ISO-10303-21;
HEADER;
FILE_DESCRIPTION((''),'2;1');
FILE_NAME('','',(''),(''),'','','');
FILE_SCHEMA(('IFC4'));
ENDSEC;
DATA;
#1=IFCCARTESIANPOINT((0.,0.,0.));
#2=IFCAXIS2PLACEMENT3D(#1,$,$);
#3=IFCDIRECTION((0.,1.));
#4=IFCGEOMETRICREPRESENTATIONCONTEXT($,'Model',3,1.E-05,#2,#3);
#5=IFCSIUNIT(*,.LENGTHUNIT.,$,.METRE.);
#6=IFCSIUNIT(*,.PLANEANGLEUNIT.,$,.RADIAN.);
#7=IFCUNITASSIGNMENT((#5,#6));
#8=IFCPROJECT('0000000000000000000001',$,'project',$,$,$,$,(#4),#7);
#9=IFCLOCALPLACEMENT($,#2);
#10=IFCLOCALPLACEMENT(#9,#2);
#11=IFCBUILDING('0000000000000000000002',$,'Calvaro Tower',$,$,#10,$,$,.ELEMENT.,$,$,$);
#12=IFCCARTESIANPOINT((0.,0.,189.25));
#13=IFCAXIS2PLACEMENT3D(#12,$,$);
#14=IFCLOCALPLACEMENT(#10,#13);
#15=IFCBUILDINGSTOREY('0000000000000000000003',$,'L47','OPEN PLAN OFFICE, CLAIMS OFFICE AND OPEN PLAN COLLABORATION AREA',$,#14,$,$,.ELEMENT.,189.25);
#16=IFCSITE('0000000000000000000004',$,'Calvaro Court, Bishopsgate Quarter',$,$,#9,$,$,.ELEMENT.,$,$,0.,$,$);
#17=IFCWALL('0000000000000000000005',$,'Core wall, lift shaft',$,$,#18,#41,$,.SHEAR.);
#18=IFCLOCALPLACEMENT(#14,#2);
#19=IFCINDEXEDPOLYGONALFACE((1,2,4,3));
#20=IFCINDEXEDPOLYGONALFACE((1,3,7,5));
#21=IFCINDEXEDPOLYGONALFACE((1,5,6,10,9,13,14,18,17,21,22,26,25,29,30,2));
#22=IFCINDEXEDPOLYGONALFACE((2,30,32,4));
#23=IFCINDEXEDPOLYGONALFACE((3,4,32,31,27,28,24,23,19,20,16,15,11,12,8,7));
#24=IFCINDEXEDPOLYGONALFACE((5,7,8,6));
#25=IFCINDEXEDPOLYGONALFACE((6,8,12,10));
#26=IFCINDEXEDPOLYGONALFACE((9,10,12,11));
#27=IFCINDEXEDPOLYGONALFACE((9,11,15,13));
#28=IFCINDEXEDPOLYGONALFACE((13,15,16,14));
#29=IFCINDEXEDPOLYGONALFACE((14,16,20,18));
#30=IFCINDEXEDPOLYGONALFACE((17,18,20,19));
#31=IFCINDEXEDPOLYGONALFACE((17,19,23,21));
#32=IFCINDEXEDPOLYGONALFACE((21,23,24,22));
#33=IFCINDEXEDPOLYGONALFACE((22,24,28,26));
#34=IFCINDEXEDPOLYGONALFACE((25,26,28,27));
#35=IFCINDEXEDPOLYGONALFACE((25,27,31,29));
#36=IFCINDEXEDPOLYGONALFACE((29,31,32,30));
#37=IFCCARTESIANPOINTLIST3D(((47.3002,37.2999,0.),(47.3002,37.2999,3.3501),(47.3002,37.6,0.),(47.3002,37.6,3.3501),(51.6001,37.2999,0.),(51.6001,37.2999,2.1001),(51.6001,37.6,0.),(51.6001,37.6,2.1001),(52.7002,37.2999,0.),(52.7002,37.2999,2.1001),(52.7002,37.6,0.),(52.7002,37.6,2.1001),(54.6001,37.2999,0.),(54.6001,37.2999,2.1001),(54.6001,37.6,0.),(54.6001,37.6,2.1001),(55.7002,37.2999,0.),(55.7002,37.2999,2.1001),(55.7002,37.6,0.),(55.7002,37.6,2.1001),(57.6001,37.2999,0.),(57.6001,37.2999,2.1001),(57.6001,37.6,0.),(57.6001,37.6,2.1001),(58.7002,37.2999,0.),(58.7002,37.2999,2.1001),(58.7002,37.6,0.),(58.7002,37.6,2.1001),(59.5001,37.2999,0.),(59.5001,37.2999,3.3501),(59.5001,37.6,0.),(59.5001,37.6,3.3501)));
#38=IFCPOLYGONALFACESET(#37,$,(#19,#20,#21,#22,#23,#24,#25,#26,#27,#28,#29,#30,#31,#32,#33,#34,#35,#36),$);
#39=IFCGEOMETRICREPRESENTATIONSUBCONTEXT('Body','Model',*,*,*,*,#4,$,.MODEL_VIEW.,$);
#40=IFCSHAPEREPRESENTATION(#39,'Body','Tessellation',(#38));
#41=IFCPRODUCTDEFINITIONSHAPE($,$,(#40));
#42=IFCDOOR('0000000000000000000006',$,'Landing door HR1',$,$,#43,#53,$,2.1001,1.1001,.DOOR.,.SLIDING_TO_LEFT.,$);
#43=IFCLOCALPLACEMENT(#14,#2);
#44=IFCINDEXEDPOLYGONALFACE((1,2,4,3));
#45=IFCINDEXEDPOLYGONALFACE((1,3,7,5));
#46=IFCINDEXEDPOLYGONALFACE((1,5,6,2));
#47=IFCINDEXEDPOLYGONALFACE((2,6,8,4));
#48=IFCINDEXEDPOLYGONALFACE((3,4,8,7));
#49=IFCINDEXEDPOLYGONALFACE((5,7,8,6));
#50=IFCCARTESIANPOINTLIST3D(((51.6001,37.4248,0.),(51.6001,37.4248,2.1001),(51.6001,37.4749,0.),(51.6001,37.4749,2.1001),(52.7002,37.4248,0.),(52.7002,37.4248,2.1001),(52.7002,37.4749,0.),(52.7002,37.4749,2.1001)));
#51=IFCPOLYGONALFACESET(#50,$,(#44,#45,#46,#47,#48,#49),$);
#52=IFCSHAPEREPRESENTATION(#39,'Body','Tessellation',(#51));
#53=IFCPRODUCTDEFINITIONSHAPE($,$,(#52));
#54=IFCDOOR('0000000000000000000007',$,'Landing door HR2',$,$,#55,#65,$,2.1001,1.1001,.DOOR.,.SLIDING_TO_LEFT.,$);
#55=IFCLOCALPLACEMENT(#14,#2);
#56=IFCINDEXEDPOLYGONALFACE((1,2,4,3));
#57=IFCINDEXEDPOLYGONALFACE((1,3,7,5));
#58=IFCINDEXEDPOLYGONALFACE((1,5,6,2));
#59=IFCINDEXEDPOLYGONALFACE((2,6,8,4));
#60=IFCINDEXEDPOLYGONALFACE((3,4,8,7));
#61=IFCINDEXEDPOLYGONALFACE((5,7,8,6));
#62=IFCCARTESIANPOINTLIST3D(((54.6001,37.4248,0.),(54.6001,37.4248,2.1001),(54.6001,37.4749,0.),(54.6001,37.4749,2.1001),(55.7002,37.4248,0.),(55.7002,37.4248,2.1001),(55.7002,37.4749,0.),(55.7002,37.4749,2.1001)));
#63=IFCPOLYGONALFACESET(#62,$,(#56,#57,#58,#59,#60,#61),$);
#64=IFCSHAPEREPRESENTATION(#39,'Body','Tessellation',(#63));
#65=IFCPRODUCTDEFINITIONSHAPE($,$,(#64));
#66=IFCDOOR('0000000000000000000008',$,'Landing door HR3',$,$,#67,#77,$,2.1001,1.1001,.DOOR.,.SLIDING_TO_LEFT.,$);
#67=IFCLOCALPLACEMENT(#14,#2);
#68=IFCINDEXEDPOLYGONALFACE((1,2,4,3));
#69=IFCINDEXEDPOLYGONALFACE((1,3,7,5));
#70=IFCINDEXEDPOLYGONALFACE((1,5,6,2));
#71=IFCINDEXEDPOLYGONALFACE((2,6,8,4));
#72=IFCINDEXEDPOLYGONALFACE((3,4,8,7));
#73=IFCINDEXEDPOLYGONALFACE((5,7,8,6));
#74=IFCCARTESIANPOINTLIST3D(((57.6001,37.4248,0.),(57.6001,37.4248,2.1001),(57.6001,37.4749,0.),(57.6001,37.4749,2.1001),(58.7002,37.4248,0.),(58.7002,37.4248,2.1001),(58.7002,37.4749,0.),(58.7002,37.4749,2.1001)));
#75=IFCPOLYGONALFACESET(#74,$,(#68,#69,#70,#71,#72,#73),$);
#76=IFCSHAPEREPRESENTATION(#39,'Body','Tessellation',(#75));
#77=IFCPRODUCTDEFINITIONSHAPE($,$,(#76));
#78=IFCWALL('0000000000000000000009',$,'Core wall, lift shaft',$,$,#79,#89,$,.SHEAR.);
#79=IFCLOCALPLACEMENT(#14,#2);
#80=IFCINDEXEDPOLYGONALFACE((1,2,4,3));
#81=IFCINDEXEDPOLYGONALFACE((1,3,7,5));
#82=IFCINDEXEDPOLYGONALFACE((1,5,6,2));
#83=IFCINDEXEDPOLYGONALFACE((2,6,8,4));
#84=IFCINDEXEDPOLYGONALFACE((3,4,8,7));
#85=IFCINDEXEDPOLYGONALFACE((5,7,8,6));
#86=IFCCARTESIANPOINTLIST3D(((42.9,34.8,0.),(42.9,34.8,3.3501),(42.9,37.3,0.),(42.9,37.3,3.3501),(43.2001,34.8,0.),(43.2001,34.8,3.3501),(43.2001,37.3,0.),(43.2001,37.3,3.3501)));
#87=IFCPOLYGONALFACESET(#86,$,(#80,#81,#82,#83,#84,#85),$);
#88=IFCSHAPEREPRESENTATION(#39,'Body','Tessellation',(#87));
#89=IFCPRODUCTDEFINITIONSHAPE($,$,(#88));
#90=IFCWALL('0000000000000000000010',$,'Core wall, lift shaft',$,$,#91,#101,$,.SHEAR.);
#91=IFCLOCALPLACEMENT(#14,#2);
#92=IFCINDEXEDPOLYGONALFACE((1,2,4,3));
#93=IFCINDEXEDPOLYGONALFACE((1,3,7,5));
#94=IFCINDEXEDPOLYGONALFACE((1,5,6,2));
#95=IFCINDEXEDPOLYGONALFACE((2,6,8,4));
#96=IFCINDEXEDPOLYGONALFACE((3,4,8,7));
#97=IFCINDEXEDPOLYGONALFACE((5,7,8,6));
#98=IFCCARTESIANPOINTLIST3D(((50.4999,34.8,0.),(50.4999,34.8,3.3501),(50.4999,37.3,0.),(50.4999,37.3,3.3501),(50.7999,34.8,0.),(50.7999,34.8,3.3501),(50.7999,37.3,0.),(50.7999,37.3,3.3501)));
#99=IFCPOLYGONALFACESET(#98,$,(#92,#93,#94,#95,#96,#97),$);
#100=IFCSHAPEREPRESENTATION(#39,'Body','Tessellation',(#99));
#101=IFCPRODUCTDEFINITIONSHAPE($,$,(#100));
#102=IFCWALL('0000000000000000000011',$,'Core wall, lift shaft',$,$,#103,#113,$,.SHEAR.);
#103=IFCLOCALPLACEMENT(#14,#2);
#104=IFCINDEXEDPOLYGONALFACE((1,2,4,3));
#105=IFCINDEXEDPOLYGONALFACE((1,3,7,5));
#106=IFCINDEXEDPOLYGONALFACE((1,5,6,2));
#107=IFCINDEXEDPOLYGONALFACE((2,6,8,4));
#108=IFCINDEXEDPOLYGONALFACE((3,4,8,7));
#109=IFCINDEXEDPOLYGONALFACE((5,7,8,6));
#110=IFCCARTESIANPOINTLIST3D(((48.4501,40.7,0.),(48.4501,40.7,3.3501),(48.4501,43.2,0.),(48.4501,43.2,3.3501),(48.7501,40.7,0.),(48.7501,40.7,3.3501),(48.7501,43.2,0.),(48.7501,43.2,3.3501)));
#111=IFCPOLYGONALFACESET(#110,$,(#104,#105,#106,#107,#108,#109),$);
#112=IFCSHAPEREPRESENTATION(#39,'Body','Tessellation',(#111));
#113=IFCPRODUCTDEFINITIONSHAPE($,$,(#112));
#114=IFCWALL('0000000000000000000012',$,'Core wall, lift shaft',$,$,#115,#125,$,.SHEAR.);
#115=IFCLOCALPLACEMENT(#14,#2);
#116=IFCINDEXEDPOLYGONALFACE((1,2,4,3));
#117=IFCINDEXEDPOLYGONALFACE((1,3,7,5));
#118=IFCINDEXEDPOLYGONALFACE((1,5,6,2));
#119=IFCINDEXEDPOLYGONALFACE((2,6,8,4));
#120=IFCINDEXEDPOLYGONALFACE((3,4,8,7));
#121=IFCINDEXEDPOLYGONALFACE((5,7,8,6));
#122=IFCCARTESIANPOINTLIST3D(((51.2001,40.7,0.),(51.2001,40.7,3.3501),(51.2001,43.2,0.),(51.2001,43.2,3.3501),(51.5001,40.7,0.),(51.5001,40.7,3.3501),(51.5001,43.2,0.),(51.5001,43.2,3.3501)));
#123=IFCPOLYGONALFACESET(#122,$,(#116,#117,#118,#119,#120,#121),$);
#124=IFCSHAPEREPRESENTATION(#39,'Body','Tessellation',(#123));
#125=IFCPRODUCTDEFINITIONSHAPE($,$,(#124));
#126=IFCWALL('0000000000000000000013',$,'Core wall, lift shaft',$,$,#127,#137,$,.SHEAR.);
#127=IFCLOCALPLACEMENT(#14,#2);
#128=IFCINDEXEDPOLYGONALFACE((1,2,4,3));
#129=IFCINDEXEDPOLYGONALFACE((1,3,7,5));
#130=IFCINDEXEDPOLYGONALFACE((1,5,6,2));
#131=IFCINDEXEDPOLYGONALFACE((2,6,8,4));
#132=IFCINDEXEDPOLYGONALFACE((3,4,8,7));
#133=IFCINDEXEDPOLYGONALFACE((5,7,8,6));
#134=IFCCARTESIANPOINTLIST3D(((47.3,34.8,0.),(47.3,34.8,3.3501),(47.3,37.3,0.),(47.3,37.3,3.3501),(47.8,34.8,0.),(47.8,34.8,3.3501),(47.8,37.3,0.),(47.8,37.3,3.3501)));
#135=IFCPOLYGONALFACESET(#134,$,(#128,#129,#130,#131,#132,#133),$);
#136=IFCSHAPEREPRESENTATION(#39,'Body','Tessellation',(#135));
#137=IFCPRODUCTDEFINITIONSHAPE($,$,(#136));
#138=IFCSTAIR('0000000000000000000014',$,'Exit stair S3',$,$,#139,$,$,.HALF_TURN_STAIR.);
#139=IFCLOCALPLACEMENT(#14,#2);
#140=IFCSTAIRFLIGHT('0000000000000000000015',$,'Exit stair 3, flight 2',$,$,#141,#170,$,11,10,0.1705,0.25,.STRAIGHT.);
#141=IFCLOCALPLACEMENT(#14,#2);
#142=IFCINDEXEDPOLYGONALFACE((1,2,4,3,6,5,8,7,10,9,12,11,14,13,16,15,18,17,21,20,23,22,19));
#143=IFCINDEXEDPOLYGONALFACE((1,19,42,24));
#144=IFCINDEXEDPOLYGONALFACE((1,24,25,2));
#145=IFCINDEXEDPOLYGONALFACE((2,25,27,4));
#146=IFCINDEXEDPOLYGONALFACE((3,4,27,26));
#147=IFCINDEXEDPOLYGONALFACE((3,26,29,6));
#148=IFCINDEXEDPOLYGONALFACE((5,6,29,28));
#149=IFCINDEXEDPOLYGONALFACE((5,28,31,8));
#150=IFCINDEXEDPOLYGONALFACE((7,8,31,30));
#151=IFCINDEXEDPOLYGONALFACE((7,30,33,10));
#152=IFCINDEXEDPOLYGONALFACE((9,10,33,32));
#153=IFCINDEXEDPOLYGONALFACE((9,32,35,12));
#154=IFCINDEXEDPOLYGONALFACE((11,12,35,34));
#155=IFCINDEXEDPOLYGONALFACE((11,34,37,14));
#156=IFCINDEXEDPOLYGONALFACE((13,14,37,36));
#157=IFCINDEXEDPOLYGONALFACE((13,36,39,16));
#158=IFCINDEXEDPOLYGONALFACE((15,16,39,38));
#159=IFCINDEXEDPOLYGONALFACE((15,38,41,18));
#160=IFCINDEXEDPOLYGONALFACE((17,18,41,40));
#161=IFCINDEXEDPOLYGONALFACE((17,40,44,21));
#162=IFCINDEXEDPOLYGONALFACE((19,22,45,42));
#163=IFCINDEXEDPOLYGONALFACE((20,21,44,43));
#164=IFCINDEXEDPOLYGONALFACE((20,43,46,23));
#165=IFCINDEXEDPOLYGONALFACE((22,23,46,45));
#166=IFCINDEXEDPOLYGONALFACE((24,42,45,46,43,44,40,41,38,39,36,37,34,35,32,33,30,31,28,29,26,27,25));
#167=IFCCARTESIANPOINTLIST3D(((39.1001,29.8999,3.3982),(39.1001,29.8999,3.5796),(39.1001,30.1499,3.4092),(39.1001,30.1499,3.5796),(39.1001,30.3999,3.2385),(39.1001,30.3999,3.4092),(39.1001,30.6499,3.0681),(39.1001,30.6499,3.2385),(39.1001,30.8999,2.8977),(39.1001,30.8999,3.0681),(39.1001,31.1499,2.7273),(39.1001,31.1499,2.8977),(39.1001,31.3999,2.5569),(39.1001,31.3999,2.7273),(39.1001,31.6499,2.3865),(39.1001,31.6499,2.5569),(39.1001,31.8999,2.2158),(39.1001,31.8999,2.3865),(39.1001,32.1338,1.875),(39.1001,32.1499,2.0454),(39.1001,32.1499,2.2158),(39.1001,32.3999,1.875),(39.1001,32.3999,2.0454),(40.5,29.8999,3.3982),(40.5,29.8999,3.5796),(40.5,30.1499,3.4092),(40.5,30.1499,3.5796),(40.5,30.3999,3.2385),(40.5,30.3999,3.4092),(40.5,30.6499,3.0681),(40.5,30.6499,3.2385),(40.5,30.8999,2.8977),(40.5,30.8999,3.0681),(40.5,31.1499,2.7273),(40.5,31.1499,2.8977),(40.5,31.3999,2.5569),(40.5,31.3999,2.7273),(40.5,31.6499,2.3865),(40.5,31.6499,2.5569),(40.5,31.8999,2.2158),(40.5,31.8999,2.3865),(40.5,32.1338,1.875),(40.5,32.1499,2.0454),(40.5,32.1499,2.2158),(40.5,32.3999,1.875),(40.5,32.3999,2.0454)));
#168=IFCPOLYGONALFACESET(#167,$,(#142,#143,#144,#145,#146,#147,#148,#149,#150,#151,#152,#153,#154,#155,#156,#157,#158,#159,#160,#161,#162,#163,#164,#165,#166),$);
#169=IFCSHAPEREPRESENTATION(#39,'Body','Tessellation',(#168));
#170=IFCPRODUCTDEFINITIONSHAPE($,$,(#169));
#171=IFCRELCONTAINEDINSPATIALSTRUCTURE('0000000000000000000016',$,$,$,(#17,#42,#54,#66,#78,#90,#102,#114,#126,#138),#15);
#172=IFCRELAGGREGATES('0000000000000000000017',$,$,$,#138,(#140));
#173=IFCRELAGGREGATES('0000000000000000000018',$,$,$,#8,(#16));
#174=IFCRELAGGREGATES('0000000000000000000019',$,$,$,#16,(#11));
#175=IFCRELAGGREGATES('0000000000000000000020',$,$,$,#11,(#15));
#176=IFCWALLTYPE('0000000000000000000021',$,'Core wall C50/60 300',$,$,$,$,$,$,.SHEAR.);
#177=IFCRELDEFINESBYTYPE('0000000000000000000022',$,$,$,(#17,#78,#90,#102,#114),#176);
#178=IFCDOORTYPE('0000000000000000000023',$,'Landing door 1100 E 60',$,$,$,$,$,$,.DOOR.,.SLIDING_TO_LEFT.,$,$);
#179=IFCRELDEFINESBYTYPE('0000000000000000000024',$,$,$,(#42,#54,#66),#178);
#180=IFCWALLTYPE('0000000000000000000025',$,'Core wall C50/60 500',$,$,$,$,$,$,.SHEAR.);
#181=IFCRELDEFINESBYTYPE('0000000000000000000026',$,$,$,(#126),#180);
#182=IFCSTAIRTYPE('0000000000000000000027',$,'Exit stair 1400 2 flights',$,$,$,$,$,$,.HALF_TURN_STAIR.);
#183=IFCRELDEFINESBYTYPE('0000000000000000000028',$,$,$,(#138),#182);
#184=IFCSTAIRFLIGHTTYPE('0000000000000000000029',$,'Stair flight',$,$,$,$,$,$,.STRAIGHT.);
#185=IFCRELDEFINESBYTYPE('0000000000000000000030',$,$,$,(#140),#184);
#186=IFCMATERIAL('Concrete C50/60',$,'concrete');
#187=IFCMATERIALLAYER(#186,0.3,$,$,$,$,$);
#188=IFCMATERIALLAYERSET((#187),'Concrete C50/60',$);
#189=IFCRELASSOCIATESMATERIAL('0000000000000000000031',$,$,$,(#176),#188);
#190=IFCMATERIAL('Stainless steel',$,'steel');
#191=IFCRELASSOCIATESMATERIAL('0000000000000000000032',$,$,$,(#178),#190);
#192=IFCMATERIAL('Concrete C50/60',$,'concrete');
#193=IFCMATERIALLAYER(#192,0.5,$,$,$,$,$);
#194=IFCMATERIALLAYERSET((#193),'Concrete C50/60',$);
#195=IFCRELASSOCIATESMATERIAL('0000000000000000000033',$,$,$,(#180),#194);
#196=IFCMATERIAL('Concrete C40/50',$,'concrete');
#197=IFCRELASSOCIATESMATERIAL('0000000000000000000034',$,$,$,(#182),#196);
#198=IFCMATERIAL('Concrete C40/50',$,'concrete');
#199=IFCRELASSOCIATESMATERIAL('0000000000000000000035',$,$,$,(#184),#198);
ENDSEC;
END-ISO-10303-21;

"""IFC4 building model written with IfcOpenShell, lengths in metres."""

from ifc_helpers import new_model, si_unit, direction, frame, frame_2d, origin, place, context, subcontext, project, spatial, polyline, rectangle, outline, extrude, material, layer, layer_set, type_object, element, fill, aggregate, save


model = new_model("IFC4")

# Units and contexts
model_context = context("Model", 3, precision=1e-05, world=origin(), true_north=direction((0.0, 1.0)))
body_context = subcontext(model_context, "Body", "Model", "MODEL_VIEW")
ifc_project = project(units=[si_unit("LENGTHUNIT", "METRE"), si_unit("PLANEANGLEUNIT", "RADIAN")], contexts=[model_context])

# Site, building, storey
site_placement = place(None, origin())
site = spatial("IfcSite", under=ifc_project, at=site_placement, Name="Calvaro Court, Bishopsgate Quarter", CompositionType="ELEMENT", RefElevation=0.0)
building_placement = place(site_placement, origin())
building = spatial("IfcBuilding", under=site, at=building_placement, Name="Calvaro Tower", CompositionType="ELEMENT")
storey_placement = place(building_placement, frame((0.0, 0.0, 189.25)))
storey = spatial("IfcBuildingStorey", under=building, at=storey_placement, Name="L47", Description="OPEN PLAN OFFICE, CLAIMS OFFICE AND OPEN PLAN COLLABORATION AREA", CompositionType="ELEMENT", Elevation=189.25)

# Shared definitions
ifc_material_1 = material(Name="Concrete C50/60", Category="concrete")
ifc_layer_1 = layer(ifc_material_1, 0.3)
ifc_layer_set_1 = layer_set([ifc_layer_1], Name="Concrete C50/60")
wall_type_1 = type_object("IfcWallType", Name="Core wall C50/60 300", PredefinedType="SHEAR", material=ifc_layer_set_1)
ifc_material_2 = material(Name="Stainless steel", Category="steel")
door_type_1 = type_object("IfcDoorType", Name="Landing door 1100 E 60", OperationType="SLIDING_TO_LEFT", PredefinedType="DOOR", material=ifc_material_2)

# Wall, openings, doors
wall_1_placement = place(storey_placement, frame((47.3, 37.45, 0.0), z_axis=(0.0, 0.0, 1.0), x_axis=(1.0, 0.0, 0.0)))
wall_1 = element("IfcWall", 1, at=wall_1_placement, inside=storey, type_object=wall_type_1, Name="Core wall, lift shaft", PredefinedType="SHEAR", context=body_context, shape_type="SweptSolid", body=[
    extrude(rectangle(XDim=12.2, YDim=0.3, at=frame_2d((6.1001, 0.0))), origin(), (0.0, 0.0, 1.0), 3.3501),
])
opening_1_placement = place(wall_1_placement, frame((4.3, 0.0, 0.0)))
opening_1 = element("IfcOpeningElement", 2, at=opening_1_placement, cuts=wall_1, PredefinedType="OPENING", context=body_context, shape_type="SweptSolid", body=[
    extrude(rectangle(XDim=1.1001, YDim=2.1001, at=frame_2d((0.55, 1.05))), frame((0.0, 0.1599, 0.0), z_axis=(0.0, -1.0, 0.0), x_axis=(1.0, 0.0, 0.0)), (0.0, 0.0, 1.0), 0.3201),
])
opening_2_placement = place(wall_1_placement, frame((7.3, 0.0, 0.0)))
opening_2 = element("IfcOpeningElement", 3, at=opening_2_placement, cuts=wall_1, PredefinedType="OPENING", context=body_context, shape_type="SweptSolid", body=[
    extrude(rectangle(XDim=1.1001, YDim=2.1001, at=frame_2d((0.55, 1.05))), frame((0.0, 0.1599, 0.0), z_axis=(0.0, -1.0, 0.0), x_axis=(1.0, 0.0, 0.0)), (0.0, 0.0, 1.0), 0.3201),
])
opening_3_placement = place(wall_1_placement, frame((10.3, 0.0, 0.0)))
opening_3 = element("IfcOpeningElement", 4, at=opening_3_placement, cuts=wall_1, PredefinedType="OPENING", context=body_context, shape_type="SweptSolid", body=[
    extrude(rectangle(XDim=1.1001, YDim=2.1001, at=frame_2d((0.55, 1.05))), frame((0.0, 0.1599, 0.0), z_axis=(0.0, -1.0, 0.0), x_axis=(1.0, 0.0, 0.0)), (0.0, 0.0, 1.0), 0.3201),
])
door_1_placement = place(opening_1_placement, origin())
door_1 = element("IfcDoor", 5, at=door_1_placement, inside=storey, type_object=door_type_1, Name="Landing door HR1", OperationType="SLIDING_TO_LEFT", OverallHeight=2.1001, OverallWidth=1.1001, PredefinedType="DOOR", context=body_context, shape_type="SweptSolid", body=[
    extrude(rectangle(XDim=1.1001, YDim=2.1001, at=frame_2d((0.55, 1.05))), frame((0.0, 0.0249, 0.0), z_axis=(0.0, -1.0, 0.0), x_axis=(1.0, 0.0, 0.0)), (0.0, 0.0, 1.0), 0.05),
])
fill(opening_1, door_1)
door_2_placement = place(opening_2_placement, origin())
door_2 = element("IfcDoor", 6, at=door_2_placement, inside=storey, type_object=door_type_1, Name="Landing door HR2", OperationType="SLIDING_TO_LEFT", OverallHeight=2.1001, OverallWidth=1.1001, PredefinedType="DOOR", context=body_context, shape_type="SweptSolid", body=[
    extrude(rectangle(XDim=1.1001, YDim=2.1001, at=frame_2d((0.55, 1.05))), frame((0.0, 0.0249, 0.0), z_axis=(0.0, -1.0, 0.0), x_axis=(1.0, 0.0, 0.0)), (0.0, 0.0, 1.0), 0.05),
])
fill(opening_2, door_2)
door_3_placement = place(opening_3_placement, origin())
door_3 = element("IfcDoor", 7, at=door_3_placement, inside=storey, type_object=door_type_1, Name="Landing door HR3", OperationType="SLIDING_TO_LEFT", OverallHeight=2.1001, OverallWidth=1.1001, PredefinedType="DOOR", context=body_context, shape_type="SweptSolid", body=[
    extrude(rectangle(XDim=1.1001, YDim=2.1001, at=frame_2d((0.55, 1.05))), frame((0.0, 0.0249, 0.0), z_axis=(0.0, -1.0, 0.0), x_axis=(1.0, 0.0, 0.0)), (0.0, 0.0, 1.0), 0.05),
])
fill(opening_3, door_3)

# Walls
for number, where, z_axis, x_axis, name in (
    (8, (43.05, 34.8, 0.0), (0.0, 0.0, 1.0), (0.0, 1.0, 0.0), "Core wall, lift shaft"),
    (9, (50.6499, 34.8, 0.0), (0.0, 0.0, 1.0), (0.0, 1.0, 0.0), "Core wall, lift shaft"),
    (10, (48.6001, 40.7, 0.0), (0.0, 0.0, 1.0), (0.0, 1.0, 0.0), "Core wall, lift shaft"),
    (11, (51.3501, 40.7, 0.0), (0.0, 0.0, 1.0), (0.0, 1.0, 0.0), "Core wall, lift shaft"),
):
    element("IfcWall", number, at=place(storey_placement, frame(where, z_axis=z_axis, x_axis=x_axis)), inside=storey, type_object=wall_type_1, Name=name, PredefinedType="SHEAR", context=body_context, shape_type="SweptSolid", body=[
        extrude(rectangle(XDim=2.5, YDim=0.3, at=frame_2d((1.25, 0.0))), origin(), (0.0, 0.0, 1.0), 3.3501),
    ])
ifc_material_3 = material(Name="Concrete C50/60", Category="concrete")
ifc_layer_2 = layer(ifc_material_3, 0.5)
ifc_layer_set_2 = layer_set([ifc_layer_2], Name="Concrete C50/60")
wall_type_2 = type_object("IfcWallType", Name="Core wall C50/60 500", PredefinedType="SHEAR", material=ifc_layer_set_2)
wall_2_placement = place(storey_placement, frame((47.55, 34.8, 0.0), z_axis=(0.0, 0.0, 1.0), x_axis=(0.0, 1.0, 0.0)))
element("IfcWall", 12, at=wall_2_placement, inside=storey, type_object=wall_type_2, Name="Core wall, lift shaft", PredefinedType="SHEAR", context=body_context, shape_type="SweptSolid", body=[
    extrude(rectangle(XDim=2.5, YDim=0.5, at=frame_2d((1.25, 0.0))), origin(), (0.0, 0.0, 1.0), 3.3501),
])

# Stair, stair flight
ifc_material_4 = material(Name="Concrete C40/50", Category="concrete")
stair_type = type_object("IfcStairType", Name="Exit stair 1400 2 flights", PredefinedType="HALF_TURN_STAIR", material=ifc_material_4)
stair_1_placement = place(storey_placement, origin())
stair_1 = element("IfcStair", 13, at=stair_1_placement, inside=storey, type_object=stair_type, Name="Exit stair S3", PredefinedType="HALF_TURN_STAIR")
ifc_material_5 = material(Name="Concrete C40/50", Category="concrete")
stair_flight_type = type_object("IfcStairFlightType", Name="Stair flight", PredefinedType="STRAIGHT", material=ifc_material_5)
stair_flight_1_placement = place(storey_placement, frame((39.8, 32.3999, 1.875), z_axis=(0.0, 0.0, 1.0), x_axis=(0.0, -1.0, 0.0)))
stair_flight_1 = element("IfcStairFlight", 14, at=stair_flight_1_placement, type_object=stair_flight_type, Name="Exit stair 3, flight 2", NumberOfRisers=11, NumberOfTreads=10, PredefinedType="STRAIGHT", RiserHeight=0.1705, TreadLength=0.25, context=body_context, shape_type="SweptSolid", body=[
    extrude(outline(polyline([(0.0, 0.0), (0.0, 0.1704), (0.25, 0.1704), (0.25, 0.3408), (0.5, 0.3408), (0.5, 0.5115), (0.75, 0.5115), (0.75, 0.6819), (1.0, 0.6819), (1.0, 0.8523), (1.25, 0.8523), (1.25, 1.0227), (1.5, 1.0227), (1.5, 1.1931), (1.75, 1.1931), (1.75, 1.3635), (2.0, 1.3635), (2.0, 1.5342), (2.25, 1.5342), (2.25, 1.7046), (2.5, 1.7046), (2.5, 1.875), (2.5, 1.5232), (0.2661, 0.0), (0.0, 0.0)])), frame((0.0, 0.7, 0.0), z_axis=(0.0, -1.0, 0.0), x_axis=(1.0, 0.0, 0.0)), (0.0, 0.0, 1.0), 1.3999),
])

aggregate(stair_1, [stair_flight_1])

save(model, "model.ifc")
